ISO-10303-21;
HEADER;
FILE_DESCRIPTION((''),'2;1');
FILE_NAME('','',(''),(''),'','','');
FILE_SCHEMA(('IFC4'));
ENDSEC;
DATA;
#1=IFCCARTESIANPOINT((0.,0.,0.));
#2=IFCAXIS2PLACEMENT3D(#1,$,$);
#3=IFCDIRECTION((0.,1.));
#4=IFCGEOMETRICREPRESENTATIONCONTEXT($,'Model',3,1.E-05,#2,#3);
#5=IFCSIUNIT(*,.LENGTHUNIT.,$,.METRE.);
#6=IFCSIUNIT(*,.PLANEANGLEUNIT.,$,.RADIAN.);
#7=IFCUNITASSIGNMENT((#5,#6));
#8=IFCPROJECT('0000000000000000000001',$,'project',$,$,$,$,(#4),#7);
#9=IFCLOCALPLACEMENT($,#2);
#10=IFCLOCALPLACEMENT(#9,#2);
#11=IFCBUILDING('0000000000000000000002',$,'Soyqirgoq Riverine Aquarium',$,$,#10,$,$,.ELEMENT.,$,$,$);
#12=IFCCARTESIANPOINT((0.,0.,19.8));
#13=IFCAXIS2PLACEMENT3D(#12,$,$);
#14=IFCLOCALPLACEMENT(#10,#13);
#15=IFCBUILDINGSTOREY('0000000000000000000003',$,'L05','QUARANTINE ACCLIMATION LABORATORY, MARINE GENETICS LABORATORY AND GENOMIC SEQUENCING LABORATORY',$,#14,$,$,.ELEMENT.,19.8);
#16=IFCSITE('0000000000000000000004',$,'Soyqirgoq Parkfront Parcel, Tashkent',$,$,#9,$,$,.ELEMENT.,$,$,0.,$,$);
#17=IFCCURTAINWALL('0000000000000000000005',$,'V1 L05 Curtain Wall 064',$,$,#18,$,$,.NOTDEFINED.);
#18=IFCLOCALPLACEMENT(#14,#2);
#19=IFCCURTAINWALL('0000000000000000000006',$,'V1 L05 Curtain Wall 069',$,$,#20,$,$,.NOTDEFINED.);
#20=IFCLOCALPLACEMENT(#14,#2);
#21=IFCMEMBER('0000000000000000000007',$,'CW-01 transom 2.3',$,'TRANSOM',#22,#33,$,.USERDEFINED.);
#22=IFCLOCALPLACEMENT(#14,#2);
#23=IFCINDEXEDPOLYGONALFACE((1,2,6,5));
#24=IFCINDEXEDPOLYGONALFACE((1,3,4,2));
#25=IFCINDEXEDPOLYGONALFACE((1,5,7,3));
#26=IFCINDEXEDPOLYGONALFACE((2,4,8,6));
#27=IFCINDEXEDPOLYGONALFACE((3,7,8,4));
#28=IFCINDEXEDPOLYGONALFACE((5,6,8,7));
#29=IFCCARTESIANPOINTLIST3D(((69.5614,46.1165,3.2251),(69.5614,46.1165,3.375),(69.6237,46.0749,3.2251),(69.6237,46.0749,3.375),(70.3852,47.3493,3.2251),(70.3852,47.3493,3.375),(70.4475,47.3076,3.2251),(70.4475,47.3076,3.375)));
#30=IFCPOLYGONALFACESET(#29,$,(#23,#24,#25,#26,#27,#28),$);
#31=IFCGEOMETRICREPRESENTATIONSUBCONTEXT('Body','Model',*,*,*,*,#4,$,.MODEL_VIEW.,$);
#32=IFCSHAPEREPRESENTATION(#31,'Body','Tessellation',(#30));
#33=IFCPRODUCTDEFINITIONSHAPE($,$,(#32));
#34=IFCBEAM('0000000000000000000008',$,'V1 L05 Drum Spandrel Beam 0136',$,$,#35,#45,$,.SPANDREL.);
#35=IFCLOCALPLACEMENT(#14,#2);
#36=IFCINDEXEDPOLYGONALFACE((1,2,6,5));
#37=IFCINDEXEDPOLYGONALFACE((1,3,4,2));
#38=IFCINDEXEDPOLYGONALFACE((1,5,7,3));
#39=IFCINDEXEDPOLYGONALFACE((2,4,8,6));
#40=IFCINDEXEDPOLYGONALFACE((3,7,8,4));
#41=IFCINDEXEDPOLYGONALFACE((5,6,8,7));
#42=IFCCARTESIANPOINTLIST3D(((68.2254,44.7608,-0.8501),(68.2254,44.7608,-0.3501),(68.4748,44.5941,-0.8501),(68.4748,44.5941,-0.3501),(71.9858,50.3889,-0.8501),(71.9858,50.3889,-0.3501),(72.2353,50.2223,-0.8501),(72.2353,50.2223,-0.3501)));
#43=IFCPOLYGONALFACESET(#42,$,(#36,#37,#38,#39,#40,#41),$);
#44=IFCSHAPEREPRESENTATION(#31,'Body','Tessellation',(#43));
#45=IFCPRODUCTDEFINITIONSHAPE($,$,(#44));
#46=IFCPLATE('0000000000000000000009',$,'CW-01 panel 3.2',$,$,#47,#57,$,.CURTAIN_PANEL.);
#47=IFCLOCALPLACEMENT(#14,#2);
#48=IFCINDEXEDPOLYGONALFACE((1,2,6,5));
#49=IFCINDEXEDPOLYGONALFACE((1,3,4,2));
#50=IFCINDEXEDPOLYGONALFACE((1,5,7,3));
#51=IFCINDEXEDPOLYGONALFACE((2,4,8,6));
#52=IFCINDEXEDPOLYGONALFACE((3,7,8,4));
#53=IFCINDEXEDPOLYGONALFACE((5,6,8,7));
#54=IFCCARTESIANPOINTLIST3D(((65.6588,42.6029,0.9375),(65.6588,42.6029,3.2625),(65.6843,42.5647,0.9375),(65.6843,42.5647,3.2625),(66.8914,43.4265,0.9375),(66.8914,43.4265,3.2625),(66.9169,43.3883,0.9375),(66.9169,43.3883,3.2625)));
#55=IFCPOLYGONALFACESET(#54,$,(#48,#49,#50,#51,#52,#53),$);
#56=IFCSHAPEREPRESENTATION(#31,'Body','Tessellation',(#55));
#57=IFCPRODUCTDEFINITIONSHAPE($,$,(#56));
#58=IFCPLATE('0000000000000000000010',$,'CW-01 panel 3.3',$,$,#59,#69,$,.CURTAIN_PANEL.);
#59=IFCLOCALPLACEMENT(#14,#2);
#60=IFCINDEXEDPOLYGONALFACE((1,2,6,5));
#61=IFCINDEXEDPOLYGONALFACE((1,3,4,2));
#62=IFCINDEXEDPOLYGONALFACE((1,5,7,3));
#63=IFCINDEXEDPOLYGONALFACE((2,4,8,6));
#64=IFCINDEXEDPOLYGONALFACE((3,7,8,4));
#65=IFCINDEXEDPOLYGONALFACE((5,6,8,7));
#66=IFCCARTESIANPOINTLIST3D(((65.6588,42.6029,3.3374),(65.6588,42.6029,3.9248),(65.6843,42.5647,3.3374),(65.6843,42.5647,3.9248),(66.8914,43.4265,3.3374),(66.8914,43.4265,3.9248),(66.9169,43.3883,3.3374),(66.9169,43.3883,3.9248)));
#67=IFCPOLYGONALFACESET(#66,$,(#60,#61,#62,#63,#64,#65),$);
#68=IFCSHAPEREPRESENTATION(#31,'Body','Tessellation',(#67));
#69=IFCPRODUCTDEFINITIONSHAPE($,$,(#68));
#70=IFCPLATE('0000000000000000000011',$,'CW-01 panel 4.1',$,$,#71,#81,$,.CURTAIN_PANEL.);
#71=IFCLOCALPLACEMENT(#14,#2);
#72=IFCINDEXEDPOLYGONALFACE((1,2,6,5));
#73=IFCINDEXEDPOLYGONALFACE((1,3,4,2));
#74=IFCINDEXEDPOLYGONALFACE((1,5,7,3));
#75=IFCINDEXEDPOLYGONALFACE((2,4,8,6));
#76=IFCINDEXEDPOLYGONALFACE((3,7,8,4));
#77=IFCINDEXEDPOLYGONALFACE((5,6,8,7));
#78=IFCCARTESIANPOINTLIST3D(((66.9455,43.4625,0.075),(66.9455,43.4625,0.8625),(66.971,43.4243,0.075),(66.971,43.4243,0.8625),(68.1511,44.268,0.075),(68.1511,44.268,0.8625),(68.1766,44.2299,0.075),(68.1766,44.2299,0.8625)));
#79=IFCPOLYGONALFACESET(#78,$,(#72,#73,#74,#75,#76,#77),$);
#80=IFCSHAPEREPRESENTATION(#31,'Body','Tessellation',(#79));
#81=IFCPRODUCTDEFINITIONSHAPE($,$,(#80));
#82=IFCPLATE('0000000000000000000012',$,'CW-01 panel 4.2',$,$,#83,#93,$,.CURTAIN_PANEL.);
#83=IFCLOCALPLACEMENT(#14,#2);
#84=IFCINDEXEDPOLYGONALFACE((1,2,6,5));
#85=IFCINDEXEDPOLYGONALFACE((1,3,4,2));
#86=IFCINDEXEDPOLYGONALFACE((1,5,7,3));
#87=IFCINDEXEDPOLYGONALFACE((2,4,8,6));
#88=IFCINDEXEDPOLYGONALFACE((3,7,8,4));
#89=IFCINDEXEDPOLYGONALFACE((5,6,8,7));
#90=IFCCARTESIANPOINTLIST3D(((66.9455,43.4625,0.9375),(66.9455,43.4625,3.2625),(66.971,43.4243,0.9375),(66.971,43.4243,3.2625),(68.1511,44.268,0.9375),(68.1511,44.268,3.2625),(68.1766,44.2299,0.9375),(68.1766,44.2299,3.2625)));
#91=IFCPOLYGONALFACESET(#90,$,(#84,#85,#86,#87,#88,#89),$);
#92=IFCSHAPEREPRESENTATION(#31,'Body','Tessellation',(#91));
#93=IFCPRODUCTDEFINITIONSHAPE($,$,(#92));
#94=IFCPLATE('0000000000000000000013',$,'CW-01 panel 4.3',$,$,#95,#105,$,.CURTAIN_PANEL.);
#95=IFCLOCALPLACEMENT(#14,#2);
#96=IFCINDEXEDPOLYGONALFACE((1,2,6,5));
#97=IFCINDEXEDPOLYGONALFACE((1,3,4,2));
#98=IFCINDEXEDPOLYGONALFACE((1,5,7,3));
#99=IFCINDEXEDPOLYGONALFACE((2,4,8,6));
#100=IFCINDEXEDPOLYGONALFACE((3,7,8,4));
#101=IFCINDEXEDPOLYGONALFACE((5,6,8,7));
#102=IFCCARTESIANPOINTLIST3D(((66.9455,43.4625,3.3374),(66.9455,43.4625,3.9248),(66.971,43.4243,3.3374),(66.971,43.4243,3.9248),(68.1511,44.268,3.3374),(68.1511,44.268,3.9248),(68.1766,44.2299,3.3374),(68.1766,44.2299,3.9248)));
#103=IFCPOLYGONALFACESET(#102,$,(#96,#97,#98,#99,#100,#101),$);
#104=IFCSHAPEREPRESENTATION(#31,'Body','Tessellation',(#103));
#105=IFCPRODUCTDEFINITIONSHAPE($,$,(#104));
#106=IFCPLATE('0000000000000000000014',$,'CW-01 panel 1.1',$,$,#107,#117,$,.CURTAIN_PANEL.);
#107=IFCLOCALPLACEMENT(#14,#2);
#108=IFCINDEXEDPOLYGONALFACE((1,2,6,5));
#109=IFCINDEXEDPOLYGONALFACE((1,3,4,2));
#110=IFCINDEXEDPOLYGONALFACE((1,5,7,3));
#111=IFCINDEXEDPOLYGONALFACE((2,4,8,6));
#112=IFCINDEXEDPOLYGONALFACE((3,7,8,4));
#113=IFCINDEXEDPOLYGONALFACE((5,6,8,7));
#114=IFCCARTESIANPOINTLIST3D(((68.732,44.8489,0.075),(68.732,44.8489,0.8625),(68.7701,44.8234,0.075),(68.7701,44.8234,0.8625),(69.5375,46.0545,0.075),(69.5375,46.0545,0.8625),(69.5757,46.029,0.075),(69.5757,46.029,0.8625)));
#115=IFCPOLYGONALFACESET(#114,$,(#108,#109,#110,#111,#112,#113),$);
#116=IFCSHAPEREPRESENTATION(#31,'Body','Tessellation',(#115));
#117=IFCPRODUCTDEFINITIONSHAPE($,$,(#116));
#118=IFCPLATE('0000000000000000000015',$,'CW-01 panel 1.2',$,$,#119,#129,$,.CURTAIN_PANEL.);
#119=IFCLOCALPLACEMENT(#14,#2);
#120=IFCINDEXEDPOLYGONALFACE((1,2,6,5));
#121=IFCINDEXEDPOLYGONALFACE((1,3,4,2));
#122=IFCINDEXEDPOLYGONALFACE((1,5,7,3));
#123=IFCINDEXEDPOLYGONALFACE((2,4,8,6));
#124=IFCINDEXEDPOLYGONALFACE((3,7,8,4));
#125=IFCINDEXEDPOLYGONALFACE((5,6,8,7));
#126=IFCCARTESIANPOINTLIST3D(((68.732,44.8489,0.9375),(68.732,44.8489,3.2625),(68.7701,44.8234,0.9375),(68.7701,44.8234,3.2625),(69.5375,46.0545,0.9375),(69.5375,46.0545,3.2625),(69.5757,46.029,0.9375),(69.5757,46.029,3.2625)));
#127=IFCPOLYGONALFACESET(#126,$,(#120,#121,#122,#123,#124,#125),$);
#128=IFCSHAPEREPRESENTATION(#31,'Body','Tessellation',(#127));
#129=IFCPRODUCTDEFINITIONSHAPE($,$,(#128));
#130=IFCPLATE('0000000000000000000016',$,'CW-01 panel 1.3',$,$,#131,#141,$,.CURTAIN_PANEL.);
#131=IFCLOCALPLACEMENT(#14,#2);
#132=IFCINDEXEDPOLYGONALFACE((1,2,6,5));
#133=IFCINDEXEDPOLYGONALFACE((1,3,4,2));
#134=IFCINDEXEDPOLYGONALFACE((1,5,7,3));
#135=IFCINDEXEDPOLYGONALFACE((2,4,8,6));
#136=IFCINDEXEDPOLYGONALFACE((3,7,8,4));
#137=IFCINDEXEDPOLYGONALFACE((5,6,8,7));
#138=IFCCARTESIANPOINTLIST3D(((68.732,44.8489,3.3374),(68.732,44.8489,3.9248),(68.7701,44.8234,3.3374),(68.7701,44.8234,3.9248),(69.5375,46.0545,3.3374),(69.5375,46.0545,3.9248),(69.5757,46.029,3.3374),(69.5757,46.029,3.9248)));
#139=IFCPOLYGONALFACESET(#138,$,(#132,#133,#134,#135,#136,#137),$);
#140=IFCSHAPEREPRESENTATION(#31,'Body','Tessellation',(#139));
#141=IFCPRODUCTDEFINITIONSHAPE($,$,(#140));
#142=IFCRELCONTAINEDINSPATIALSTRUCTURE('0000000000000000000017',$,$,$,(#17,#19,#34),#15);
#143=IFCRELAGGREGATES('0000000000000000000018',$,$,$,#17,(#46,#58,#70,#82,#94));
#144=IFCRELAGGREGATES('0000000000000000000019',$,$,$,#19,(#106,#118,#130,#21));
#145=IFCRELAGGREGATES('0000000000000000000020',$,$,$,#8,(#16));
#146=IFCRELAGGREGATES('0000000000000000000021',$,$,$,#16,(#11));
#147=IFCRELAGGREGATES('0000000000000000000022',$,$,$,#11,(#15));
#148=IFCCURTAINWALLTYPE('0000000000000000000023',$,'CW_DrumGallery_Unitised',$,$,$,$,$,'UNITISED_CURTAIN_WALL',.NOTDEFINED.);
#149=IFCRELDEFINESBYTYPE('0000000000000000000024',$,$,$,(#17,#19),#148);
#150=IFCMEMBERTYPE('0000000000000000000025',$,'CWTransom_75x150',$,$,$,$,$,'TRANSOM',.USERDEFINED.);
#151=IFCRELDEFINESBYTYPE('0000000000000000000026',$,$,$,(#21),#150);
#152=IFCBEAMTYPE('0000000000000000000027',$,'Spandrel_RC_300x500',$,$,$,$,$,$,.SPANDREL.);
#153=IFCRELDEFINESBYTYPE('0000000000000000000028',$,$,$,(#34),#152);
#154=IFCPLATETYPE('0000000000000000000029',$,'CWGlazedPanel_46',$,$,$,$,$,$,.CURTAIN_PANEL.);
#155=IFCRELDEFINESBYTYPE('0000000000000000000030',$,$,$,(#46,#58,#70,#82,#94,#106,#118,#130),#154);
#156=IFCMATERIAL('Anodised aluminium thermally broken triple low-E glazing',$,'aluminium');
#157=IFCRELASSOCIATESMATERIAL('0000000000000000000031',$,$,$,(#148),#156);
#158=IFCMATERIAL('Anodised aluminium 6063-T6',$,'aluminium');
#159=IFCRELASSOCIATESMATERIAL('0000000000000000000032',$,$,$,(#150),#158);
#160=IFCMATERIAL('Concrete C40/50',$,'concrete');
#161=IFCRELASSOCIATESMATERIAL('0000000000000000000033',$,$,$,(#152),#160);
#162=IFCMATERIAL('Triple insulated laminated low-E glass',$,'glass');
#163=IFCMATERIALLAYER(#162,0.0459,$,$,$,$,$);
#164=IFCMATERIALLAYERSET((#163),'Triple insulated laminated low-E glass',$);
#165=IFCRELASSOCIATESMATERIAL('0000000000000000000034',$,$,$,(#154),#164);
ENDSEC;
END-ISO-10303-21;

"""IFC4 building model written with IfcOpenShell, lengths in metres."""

from ifc_helpers import new_model, si_unit, direction, frame, origin, origin_2d, place, context, subcontext, project, spatial, rectangle, extrude, material, layer, layer_set, material_profile, profile_set, type_object, element, aggregate, save


model = new_model("IFC4")

# Units and contexts
model_context = context("Model", 3, precision=1e-05, world=origin(), true_north=direction((0.0, 1.0)))
body_context = subcontext(model_context, "Body", "Model", "MODEL_VIEW")
ifc_project = project(units=[si_unit("LENGTHUNIT", "METRE"), si_unit("PLANEANGLEUNIT", "RADIAN")], contexts=[model_context])

# Site, building, storey
site_placement = place(None, origin())
site = spatial("IfcSite", under=ifc_project, at=site_placement, Name="Soyqirgoq Parkfront Parcel, Tashkent", CompositionType="ELEMENT", RefElevation=0.0)
building_placement = place(site_placement, origin())
building = spatial("IfcBuilding", under=site, at=building_placement, Name="Soyqirgoq Riverine Aquarium", CompositionType="ELEMENT")
storey_placement = place(building_placement, frame((0.0, 0.0, 19.8)))
storey = spatial("IfcBuildingStorey", under=building, at=storey_placement, Name="L05", Description="QUARANTINE ACCLIMATION LABORATORY, MARINE GENETICS LABORATORY AND GENOMIC SEQUENCING LABORATORY", CompositionType="ELEMENT", Elevation=19.8)

# Curtain walls
ifc_material_1 = material(Name="Anodised aluminium thermally broken triple low-E glazing", Category="aluminium")
curtain_wall_type = type_object("IfcCurtainWallType", Name="CW_DrumGallery_Unitised", ElementType="UNITISED_CURTAIN_WALL", PredefinedType="NOTDEFINED", material=ifc_material_1)
curtain_wall_1_placement = place(storey_placement, origin())
curtain_wall_1 = element("IfcCurtainWall", 1, at=curtain_wall_1_placement, inside=storey, type_object=curtain_wall_type, Name="V1 L05 Curtain Wall 064", PredefinedType="NOTDEFINED")
curtain_wall_2_placement = place(storey_placement, origin())
curtain_wall_2 = element("IfcCurtainWall", 2, at=curtain_wall_2_placement, inside=storey, type_object=curtain_wall_type, Name="V1 L05 Curtain Wall 069", PredefinedType="NOTDEFINED")

# Member
ifc_material_2 = material(Name="Anodised aluminium 6063-T6", Category="aluminium")
ifc_material_profile_1 = material_profile(ifc_material_2, rectangle(XDim=0.075, YDim=0.1499, at=origin_2d()), Name="ALU-T 75x150")
ifc_profile_set_1 = profile_set([ifc_material_profile_1], Name="Anodised aluminium 6063-T6")
member_type_1 = type_object("IfcMemberType", Name="CWTransom_75x150", ElementType="TRANSOM", PredefinedType="USERDEFINED", material=ifc_profile_set_1)
member_1_placement = place(storey_placement, frame((69.5925, 46.0957, 3.3), z_axis=(0.555612, 0.831442, 0.0), x_axis=(-0.831442, 0.555612, 0.0)))
member_1 = element("IfcMember", 3, at=member_1_placement, type_object=member_type_1, Name="CW-01 transom 2.3", ObjectType="TRANSOM", PredefinedType="USERDEFINED", context=body_context, shape_type="SweptSolid", body=[
    extrude(rectangle(XDim=0.075, YDim=0.1499, at=origin_2d()), origin(), (0.0, 0.0, 1.0), 1.4827),
])

# Beam
ifc_material_3 = material(Name="Concrete C40/50", Category="concrete")
ifc_material_profile_2 = material_profile(ifc_material_3, rectangle(XDim=0.3, YDim=0.5, at=origin_2d()), Name="RC 300x500")
ifc_profile_set_2 = profile_set([ifc_material_profile_2], Name="Concrete C40/50")
beam_type = type_object("IfcBeamType", Name="Spandrel_RC_300x500", PredefinedType="SPANDREL", material=ifc_profile_set_2)
beam_placement = place(storey_placement, frame((68.3501, 44.6775, -0.6001), z_axis=(0.555557, 0.831478, 0.0), x_axis=(-0.831478, 0.555557, 0.0)))
element("IfcBeam", 4, at=beam_placement, inside=storey, type_object=beam_type, Name="V1 L05 Drum Spandrel Beam 0136", PredefinedType="SPANDREL", context=body_context, shape_type="SweptSolid", body=[
    extrude(rectangle(XDim=0.3, YDim=0.5, at=origin_2d()), origin(), (0.0, 0.0, 1.0), 6.7688),
])

# Plates
ifc_material_4 = material(Name="Triple insulated laminated low-E glass", Category="glass")
ifc_layer = layer(ifc_material_4, 0.0459)
ifc_layer_set = layer_set([ifc_layer], Name="Triple insulated laminated low-E glass")
plate_type = type_object("IfcPlateType", Name="CWGlazedPanel_46", PredefinedType="CURTAIN_PANEL", material=ifc_layer_set)
plate_1_placement = place(storey_placement, frame((66.2878, 42.9956, 0.9375), z_axis=(0.0, 0.0, 1.0), x_axis=(0.831476, 0.555561, 0.0)))
plate_1 = element("IfcPlate", 5, at=plate_1_placement, type_object=plate_type, Name="CW-01 panel 3.2", PredefinedType="CURTAIN_PANEL", context=body_context, shape_type="SweptSolid", body=[
    extrude(rectangle(XDim=1.4824, YDim=0.0459, at=origin_2d()), origin(), (0.0, 0.0, 1.0), 2.325),
])
plate_2_placement = place(storey_placement, frame((66.2878, 42.9956, 3.3374), z_axis=(0.0, 0.0, 1.0), x_axis=(0.831476, 0.555561, 0.0)))
plate_2 = element("IfcPlate", 6, at=plate_2_placement, type_object=plate_type, Name="CW-01 panel 3.3", PredefinedType="CURTAIN_PANEL", context=body_context, shape_type="SweptSolid", body=[
    extrude(rectangle(XDim=1.4824, YDim=0.0459, at=origin_2d()), origin(), (0.0, 0.0, 1.0), 0.5874),
])
plate_3_placement = place(storey_placement, frame((67.561, 43.8462, 0.075), z_axis=(0.0, 0.0, 1.0), x_axis=(0.831476, 0.555561, 0.0)))
plate_3 = element("IfcPlate", 7, at=plate_3_placement, type_object=plate_type, Name="CW-01 panel 4.1", PredefinedType="CURTAIN_PANEL", context=body_context, shape_type="SweptSolid", body=[
    extrude(rectangle(XDim=1.45, YDim=0.0459, at=origin_2d()), origin(), (0.0, 0.0, 1.0), 0.7876),
])
plate_4_placement = place(storey_placement, frame((67.561, 43.8462, 0.9375), z_axis=(0.0, 0.0, 1.0), x_axis=(0.831476, 0.555561, 0.0)))
plate_4 = element("IfcPlate", 8, at=plate_4_placement, type_object=plate_type, Name="CW-01 panel 4.2", PredefinedType="CURTAIN_PANEL", context=body_context, shape_type="SweptSolid", body=[
    extrude(rectangle(XDim=1.45, YDim=0.0459, at=origin_2d()), origin(), (0.0, 0.0, 1.0), 2.325),
])
plate_5_placement = place(storey_placement, frame((67.561, 43.8462, 3.3374), z_axis=(0.0, 0.0, 1.0), x_axis=(0.831476, 0.555561, 0.0)))
plate_5 = element("IfcPlate", 9, at=plate_5_placement, type_object=plate_type, Name="CW-01 panel 4.3", PredefinedType="CURTAIN_PANEL", context=body_context, shape_type="SweptSolid", body=[
    extrude(rectangle(XDim=1.45, YDim=0.0459, at=origin_2d()), origin(), (0.0, 0.0, 1.0), 0.5874),
])
aggregate(curtain_wall_1, [plate_1, plate_2, plate_3, plate_4, plate_5])
plate_6_placement = place(storey_placement, frame((69.1538, 45.439, 0.075), z_axis=(0.0, 0.0, 1.0), x_axis=(0.555561, 0.831476, 0.0)))
plate_6 = element("IfcPlate", 10, at=plate_6_placement, type_object=plate_type, Name="CW-01 panel 1.1", PredefinedType="CURTAIN_PANEL", context=body_context, shape_type="SweptSolid", body=[
    extrude(rectangle(XDim=1.45, YDim=0.0459, at=origin_2d()), origin(), (0.0, 0.0, 1.0), 0.7876),
])
plate_7_placement = place(storey_placement, frame((69.1538, 45.439, 0.9375), z_axis=(0.0, 0.0, 1.0), x_axis=(0.555561, 0.831476, 0.0)))
plate_7 = element("IfcPlate", 11, at=plate_7_placement, type_object=plate_type, Name="CW-01 panel 1.2", PredefinedType="CURTAIN_PANEL", context=body_context, shape_type="SweptSolid", body=[
    extrude(rectangle(XDim=1.45, YDim=0.0459, at=origin_2d()), origin(), (0.0, 0.0, 1.0), 2.325),
])
plate_8_placement = place(storey_placement, frame((69.1538, 45.439, 3.3374), z_axis=(0.0, 0.0, 1.0), x_axis=(0.555561, 0.831476, 0.0)))
plate_8 = element("IfcPlate", 12, at=plate_8_placement, type_object=plate_type, Name="CW-01 panel 1.3", PredefinedType="CURTAIN_PANEL", context=body_context, shape_type="SweptSolid", body=[
    extrude(rectangle(XDim=1.45, YDim=0.0459, at=origin_2d()), origin(), (0.0, 0.0, 1.0), 0.5874),
])
aggregate(curtain_wall_2, [plate_6, plate_7, plate_8, member_1])

save(model, "model.ifc")
